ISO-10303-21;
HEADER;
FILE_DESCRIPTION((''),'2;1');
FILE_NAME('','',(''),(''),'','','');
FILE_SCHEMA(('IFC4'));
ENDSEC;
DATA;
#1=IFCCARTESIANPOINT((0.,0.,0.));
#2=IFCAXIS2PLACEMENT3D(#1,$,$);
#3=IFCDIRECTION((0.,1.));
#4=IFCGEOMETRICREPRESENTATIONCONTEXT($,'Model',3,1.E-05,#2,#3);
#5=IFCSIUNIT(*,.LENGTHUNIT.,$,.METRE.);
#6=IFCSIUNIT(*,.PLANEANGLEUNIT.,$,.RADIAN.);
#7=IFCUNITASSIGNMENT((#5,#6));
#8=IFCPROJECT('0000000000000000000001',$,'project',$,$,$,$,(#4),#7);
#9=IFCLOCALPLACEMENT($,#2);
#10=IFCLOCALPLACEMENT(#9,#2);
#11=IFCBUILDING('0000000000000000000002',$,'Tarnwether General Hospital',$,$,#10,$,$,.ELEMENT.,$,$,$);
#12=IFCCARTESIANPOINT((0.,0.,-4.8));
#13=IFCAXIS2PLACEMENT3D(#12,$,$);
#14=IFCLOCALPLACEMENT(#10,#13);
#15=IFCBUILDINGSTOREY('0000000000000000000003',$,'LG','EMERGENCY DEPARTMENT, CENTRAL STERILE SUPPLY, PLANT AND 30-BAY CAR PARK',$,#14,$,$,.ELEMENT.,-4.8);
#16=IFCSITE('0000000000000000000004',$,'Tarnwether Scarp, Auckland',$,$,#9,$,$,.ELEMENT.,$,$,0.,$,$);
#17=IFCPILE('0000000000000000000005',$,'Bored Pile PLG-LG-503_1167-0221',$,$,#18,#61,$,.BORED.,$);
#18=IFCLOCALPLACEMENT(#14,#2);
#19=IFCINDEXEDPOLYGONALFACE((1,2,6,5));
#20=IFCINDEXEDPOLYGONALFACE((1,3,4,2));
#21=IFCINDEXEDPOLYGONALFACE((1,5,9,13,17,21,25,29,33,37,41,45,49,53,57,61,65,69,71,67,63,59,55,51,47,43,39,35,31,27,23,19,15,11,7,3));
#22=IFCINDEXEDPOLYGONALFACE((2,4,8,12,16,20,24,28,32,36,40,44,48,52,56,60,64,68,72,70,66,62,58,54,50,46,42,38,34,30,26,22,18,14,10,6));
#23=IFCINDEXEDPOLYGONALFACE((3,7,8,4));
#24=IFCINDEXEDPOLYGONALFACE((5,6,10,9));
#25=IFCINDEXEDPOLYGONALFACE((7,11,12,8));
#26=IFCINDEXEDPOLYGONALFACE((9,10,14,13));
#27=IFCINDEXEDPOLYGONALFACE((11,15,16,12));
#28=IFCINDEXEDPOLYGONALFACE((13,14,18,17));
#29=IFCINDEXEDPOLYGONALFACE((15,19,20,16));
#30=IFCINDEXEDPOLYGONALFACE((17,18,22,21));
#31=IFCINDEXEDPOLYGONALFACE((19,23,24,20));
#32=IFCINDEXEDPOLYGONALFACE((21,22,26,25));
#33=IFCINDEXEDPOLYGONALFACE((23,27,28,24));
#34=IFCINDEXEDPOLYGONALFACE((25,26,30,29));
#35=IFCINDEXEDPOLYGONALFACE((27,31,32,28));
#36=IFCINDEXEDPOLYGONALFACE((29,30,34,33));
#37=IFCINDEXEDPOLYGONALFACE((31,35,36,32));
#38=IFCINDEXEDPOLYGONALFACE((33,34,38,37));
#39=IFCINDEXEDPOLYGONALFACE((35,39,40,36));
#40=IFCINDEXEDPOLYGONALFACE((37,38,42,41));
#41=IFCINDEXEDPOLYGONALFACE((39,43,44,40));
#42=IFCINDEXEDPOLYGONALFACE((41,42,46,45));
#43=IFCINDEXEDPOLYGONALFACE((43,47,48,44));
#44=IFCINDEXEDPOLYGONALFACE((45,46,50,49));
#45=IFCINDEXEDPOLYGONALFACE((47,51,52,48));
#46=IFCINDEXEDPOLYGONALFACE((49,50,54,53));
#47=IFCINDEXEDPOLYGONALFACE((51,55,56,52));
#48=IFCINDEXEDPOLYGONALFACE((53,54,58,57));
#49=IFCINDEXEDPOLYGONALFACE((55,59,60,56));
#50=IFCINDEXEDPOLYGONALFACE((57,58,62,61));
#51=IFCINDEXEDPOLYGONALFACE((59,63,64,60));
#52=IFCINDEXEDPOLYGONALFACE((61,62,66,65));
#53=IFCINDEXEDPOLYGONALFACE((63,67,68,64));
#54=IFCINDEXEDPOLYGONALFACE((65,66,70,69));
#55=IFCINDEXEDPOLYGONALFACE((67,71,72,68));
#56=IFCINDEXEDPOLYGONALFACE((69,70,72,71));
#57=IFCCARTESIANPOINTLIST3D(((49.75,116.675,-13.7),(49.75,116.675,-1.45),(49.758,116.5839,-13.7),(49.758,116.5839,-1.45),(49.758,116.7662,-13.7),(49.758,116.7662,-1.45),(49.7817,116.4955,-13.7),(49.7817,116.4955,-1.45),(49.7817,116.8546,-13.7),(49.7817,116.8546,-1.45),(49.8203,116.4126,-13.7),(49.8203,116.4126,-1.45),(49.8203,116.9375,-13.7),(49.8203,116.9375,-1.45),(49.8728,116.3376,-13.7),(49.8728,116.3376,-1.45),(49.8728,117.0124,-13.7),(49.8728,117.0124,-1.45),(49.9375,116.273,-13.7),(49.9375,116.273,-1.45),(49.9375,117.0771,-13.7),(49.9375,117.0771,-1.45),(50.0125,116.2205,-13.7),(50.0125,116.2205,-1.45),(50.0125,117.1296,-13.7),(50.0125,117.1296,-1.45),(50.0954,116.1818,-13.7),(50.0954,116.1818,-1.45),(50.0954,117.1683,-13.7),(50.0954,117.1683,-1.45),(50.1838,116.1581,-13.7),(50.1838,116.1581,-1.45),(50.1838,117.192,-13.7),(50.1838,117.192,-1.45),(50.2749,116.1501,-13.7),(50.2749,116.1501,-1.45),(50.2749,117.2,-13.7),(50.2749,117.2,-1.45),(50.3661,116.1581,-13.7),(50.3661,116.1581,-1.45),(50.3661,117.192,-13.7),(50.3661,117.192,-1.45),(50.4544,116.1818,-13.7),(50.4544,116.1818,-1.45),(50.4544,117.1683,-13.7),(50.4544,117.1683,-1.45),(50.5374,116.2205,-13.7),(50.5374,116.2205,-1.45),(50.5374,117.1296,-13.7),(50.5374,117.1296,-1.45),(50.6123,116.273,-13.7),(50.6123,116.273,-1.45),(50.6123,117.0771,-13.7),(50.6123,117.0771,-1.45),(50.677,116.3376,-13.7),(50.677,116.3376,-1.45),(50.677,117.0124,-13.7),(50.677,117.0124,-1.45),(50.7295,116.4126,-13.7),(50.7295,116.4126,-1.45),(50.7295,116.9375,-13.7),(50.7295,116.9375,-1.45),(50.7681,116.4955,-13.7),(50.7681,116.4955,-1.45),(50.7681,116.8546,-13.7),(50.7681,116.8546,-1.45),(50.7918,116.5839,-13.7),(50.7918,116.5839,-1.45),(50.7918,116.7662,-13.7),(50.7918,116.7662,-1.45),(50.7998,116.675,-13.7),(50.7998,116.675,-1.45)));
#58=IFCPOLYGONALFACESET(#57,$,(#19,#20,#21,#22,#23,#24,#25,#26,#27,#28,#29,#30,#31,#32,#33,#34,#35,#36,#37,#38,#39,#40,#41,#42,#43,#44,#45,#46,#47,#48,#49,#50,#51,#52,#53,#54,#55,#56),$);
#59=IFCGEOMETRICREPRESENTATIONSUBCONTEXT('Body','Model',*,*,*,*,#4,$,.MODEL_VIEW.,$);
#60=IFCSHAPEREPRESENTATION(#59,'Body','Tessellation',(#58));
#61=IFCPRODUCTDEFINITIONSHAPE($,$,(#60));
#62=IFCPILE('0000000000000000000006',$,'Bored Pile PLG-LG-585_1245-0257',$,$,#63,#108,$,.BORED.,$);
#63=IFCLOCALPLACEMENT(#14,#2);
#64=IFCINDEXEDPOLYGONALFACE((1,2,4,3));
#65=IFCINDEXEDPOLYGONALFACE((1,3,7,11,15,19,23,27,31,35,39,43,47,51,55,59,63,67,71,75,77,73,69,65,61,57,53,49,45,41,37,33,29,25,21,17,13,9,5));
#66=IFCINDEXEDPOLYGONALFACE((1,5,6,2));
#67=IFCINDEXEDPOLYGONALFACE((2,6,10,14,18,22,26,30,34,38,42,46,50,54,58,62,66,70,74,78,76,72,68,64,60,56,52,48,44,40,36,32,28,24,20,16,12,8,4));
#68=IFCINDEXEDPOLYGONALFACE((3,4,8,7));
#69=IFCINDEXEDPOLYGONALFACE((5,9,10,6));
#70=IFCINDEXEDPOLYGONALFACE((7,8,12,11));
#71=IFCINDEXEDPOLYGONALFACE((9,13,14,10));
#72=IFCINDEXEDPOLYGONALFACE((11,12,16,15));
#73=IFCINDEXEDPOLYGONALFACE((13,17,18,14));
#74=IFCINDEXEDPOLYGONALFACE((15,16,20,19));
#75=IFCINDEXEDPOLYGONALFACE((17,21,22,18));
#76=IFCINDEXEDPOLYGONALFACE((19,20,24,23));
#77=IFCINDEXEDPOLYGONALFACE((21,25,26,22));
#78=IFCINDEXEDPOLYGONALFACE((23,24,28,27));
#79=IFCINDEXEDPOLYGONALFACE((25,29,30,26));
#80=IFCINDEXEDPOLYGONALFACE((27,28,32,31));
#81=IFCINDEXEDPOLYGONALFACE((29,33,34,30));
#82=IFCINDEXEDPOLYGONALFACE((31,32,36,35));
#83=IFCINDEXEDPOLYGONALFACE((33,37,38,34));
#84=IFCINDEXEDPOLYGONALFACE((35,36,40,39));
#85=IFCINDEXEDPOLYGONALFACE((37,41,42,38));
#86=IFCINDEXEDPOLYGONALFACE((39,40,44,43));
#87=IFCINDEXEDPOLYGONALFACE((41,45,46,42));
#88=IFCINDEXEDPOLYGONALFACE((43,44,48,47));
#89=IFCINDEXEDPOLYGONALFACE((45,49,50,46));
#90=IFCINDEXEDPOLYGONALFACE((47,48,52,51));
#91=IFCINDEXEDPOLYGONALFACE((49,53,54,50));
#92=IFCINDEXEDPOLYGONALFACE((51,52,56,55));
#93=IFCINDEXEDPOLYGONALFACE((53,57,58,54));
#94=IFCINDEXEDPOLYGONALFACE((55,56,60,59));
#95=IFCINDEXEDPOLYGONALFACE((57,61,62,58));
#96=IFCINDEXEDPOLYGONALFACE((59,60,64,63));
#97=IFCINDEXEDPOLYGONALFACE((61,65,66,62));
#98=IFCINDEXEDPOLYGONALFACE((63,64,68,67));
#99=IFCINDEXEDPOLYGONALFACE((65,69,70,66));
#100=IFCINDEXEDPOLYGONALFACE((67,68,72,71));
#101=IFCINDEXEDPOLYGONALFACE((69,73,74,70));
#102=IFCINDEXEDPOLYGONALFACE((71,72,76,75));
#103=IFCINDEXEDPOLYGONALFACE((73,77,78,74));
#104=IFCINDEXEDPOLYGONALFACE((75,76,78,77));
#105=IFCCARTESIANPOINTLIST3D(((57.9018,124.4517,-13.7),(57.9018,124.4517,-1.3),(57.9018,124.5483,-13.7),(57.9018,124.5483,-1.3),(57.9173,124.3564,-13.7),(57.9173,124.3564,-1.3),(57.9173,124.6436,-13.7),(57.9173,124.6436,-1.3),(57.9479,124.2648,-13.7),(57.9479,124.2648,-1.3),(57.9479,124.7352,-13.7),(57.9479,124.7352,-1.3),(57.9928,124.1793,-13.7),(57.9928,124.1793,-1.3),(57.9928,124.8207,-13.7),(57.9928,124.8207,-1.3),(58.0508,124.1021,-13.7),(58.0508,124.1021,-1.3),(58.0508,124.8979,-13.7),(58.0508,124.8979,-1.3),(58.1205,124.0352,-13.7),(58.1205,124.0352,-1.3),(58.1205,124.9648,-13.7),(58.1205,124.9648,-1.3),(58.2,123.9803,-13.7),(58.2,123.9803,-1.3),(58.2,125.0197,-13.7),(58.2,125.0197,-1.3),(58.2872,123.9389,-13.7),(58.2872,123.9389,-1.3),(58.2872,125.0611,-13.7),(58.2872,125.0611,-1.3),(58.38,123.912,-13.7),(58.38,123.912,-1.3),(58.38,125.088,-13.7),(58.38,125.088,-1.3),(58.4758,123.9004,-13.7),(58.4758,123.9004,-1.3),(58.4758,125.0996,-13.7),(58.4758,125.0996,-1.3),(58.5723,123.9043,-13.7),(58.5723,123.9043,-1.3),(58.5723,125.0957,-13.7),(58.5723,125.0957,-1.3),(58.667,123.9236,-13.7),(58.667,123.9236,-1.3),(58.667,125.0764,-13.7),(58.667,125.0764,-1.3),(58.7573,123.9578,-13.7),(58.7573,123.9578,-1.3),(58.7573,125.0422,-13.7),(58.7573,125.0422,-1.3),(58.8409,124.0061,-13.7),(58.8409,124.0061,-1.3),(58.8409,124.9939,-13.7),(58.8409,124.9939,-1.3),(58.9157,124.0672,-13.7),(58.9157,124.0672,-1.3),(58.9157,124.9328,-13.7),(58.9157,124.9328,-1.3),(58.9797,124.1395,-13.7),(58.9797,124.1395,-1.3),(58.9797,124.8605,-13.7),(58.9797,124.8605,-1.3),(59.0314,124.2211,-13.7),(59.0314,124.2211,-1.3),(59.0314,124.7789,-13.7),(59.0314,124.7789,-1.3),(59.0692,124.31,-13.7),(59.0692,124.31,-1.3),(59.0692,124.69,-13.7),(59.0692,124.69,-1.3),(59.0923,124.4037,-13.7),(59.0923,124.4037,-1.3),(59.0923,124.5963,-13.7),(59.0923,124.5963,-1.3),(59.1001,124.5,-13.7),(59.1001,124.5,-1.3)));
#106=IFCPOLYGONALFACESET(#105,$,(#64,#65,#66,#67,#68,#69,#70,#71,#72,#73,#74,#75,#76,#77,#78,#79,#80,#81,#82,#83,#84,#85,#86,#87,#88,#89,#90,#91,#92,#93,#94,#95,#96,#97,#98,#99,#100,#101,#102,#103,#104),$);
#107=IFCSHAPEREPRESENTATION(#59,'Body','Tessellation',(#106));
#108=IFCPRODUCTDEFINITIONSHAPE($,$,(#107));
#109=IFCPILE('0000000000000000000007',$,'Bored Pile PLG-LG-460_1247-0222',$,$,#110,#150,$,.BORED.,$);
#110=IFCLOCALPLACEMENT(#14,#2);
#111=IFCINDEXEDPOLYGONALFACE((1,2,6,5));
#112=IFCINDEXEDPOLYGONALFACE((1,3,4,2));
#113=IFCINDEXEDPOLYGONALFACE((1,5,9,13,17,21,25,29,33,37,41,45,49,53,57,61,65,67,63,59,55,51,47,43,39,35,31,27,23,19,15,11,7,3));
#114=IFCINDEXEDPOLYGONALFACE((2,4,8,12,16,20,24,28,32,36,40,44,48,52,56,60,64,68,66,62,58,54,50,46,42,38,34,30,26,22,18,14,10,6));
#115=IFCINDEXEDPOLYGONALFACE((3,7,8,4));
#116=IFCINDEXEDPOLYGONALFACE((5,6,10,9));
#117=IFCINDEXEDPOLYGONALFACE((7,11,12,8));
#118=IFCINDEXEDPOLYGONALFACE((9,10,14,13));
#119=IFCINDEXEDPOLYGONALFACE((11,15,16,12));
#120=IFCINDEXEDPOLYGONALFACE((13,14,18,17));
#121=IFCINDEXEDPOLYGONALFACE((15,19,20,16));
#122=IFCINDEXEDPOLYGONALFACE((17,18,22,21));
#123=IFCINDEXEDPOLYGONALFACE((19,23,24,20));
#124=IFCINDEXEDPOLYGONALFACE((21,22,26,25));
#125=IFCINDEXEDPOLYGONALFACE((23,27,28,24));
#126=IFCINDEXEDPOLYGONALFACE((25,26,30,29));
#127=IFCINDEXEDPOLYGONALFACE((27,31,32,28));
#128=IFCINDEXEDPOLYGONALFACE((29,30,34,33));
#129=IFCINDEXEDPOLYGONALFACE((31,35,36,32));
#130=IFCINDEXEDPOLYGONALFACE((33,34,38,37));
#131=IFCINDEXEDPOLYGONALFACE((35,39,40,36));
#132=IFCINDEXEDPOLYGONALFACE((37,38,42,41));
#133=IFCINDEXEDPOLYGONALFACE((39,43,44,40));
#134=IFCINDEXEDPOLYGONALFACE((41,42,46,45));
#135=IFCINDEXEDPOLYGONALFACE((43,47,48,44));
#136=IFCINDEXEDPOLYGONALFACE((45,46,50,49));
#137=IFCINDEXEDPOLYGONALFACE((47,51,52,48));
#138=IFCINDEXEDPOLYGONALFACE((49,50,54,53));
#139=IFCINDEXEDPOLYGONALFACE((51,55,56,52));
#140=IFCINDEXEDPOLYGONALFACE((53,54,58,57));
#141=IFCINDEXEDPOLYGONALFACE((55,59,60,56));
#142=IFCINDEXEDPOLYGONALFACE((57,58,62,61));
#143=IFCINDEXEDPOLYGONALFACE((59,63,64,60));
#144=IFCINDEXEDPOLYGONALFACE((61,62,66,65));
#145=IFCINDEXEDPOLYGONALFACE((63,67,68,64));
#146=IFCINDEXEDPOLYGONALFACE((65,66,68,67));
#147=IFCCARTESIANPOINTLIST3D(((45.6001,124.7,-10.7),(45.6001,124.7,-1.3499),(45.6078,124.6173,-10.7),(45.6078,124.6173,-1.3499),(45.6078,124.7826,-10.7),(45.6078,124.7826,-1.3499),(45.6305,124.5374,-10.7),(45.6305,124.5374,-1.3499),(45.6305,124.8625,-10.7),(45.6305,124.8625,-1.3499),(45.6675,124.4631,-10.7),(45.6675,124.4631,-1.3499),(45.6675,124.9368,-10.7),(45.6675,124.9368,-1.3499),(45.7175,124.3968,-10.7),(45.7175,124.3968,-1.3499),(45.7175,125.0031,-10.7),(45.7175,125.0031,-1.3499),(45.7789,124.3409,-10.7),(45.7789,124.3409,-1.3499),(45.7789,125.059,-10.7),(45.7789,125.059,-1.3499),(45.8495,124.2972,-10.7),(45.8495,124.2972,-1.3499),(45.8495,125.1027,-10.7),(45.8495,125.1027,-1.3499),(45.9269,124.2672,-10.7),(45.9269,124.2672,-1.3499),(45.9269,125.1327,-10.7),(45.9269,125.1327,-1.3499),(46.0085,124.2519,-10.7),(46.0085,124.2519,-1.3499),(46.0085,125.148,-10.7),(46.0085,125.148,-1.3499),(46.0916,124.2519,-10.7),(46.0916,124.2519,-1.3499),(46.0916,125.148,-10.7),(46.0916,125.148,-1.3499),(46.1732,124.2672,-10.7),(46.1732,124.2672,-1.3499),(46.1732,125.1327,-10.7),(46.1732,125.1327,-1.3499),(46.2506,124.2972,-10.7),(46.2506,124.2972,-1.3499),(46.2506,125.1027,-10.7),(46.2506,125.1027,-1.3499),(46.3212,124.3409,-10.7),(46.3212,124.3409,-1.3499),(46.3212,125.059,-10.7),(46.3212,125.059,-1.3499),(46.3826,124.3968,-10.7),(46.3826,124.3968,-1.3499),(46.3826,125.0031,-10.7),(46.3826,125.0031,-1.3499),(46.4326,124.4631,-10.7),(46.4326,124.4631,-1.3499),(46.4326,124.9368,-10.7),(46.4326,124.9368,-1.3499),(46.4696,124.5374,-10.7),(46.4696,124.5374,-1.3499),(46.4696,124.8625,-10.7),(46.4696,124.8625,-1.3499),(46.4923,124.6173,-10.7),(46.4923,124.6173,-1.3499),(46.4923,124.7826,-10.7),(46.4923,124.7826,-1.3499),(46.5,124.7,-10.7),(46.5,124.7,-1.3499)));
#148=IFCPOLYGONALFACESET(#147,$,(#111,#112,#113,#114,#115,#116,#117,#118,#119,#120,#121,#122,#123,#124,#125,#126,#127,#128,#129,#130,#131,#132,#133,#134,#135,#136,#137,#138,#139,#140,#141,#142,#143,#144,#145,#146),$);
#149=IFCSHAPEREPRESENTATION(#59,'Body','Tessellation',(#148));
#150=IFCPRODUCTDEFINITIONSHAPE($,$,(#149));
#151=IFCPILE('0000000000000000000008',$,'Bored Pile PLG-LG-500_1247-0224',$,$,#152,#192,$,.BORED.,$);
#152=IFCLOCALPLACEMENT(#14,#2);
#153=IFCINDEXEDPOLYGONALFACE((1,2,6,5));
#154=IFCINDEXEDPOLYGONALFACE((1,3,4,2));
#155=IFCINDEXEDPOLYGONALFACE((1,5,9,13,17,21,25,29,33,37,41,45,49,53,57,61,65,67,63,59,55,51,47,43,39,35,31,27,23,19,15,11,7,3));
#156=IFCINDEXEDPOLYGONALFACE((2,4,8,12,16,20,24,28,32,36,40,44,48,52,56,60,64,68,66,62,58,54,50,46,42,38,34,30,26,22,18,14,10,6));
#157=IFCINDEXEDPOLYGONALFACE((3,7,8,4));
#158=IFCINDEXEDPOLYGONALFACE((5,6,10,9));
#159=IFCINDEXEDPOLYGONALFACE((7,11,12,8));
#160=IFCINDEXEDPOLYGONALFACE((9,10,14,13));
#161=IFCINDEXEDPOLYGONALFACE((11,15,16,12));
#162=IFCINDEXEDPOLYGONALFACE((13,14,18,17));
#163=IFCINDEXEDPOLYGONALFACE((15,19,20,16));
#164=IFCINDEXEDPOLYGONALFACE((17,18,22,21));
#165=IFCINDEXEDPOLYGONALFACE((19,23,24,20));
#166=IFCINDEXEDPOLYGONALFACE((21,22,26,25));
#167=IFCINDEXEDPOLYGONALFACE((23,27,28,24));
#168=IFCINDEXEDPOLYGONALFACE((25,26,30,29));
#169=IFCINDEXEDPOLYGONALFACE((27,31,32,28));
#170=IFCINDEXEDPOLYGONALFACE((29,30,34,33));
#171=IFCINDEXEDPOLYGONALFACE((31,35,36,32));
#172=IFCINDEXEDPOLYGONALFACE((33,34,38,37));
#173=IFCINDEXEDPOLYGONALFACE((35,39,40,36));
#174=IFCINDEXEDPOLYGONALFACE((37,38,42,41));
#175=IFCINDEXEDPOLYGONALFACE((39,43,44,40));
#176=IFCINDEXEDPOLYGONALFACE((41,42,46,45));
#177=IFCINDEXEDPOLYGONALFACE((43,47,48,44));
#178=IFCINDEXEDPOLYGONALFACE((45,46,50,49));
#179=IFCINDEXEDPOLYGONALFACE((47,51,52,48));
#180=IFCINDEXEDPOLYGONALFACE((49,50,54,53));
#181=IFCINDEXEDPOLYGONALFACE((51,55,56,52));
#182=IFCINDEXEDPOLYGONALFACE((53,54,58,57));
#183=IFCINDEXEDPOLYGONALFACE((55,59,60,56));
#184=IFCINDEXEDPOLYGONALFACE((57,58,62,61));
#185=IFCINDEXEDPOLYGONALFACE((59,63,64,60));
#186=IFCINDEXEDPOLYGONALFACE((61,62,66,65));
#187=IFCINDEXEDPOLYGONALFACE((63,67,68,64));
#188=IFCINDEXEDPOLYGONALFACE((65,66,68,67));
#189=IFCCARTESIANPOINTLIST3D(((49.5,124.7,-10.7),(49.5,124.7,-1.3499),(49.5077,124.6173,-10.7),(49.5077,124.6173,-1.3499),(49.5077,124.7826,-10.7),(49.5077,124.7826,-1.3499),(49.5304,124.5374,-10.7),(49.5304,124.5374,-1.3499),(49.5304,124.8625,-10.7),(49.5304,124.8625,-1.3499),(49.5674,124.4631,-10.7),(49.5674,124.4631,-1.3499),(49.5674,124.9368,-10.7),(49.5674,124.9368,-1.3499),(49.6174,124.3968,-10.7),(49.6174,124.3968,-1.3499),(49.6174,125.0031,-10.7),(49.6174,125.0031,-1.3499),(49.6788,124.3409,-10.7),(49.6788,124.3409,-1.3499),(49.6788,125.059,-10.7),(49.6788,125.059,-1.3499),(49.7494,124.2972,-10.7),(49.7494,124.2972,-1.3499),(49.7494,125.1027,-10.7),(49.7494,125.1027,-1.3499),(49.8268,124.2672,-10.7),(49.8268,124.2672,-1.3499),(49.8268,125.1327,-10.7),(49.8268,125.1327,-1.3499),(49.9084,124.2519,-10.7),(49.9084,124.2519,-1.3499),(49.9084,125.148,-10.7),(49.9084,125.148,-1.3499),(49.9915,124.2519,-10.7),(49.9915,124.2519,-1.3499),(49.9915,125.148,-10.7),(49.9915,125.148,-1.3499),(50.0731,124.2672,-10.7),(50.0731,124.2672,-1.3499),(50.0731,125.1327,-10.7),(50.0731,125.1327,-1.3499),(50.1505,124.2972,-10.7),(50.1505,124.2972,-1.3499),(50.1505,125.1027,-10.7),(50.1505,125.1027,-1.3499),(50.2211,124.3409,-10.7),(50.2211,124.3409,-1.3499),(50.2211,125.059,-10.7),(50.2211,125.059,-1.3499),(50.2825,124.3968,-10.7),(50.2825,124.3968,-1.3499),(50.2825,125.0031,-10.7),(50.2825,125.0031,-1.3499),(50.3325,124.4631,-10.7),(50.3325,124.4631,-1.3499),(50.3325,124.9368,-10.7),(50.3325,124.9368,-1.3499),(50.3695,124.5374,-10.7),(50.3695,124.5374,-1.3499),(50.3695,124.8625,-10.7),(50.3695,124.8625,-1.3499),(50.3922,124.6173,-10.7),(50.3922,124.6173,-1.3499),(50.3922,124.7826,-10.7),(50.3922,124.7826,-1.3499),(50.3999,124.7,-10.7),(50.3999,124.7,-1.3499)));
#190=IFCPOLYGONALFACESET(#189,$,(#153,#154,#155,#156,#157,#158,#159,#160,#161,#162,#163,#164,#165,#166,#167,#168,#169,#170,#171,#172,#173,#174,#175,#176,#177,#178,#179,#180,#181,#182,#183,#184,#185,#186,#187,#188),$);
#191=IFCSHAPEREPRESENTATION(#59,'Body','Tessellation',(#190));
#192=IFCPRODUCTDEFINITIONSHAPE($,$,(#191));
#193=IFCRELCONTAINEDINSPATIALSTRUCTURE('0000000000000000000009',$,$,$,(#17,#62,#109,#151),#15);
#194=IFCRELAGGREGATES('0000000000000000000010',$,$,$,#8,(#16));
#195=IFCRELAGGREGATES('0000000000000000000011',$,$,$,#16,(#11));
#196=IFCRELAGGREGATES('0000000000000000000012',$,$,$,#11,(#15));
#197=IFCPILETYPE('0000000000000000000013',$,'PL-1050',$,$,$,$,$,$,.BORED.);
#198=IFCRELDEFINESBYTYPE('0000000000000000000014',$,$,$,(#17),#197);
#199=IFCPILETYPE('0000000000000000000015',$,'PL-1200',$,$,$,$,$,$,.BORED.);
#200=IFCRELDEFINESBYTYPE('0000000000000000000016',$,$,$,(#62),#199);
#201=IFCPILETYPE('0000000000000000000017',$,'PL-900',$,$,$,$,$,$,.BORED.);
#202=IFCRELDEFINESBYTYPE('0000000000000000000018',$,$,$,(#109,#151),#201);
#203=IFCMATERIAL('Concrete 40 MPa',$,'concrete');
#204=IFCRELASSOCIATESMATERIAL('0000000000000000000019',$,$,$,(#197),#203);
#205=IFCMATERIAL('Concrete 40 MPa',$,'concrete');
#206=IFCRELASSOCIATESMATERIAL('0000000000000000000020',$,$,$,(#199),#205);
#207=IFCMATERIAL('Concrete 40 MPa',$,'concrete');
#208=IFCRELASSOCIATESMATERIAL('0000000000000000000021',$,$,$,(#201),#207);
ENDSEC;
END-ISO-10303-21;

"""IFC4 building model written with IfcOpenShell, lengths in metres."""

from ifc_helpers import new_model, si_unit, direction, frame, origin, origin_2d, place, context, subcontext, project, spatial, circle, extrude, material, material_profile, profile_set, type_object, element, save


model = new_model("IFC4")

# Units and contexts
model_context = context("Model", 3, precision=1e-05, world=origin(), true_north=direction((0.0, 1.0)))
body_context = subcontext(model_context, "Body", "Model", "MODEL_VIEW")
ifc_project = project(units=[si_unit("LENGTHUNIT", "METRE"), si_unit("PLANEANGLEUNIT", "RADIAN")], contexts=[model_context])

# Site, building, storey
site_placement = place(None, origin())
site = spatial("IfcSite", under=ifc_project, at=site_placement, Name="Tarnwether Scarp, Auckland", CompositionType="ELEMENT", RefElevation=0.0)
building_placement = place(site_placement, origin())
building = spatial("IfcBuilding", under=site, at=building_placement, Name="Tarnwether General Hospital", CompositionType="ELEMENT")
storey_placement = place(building_placement, frame((0.0, 0.0, -4.8)))
storey = spatial("IfcBuildingStorey", under=building, at=storey_placement, Name="LG", Description="EMERGENCY DEPARTMENT, CENTRAL STERILE SUPPLY, PLANT AND 30-BAY CAR PARK", CompositionType="ELEMENT", Elevation=-4.8)

# Piles
ifc_material_1 = material(Name="Concrete 40 MPa", Category="concrete")
ifc_material_profile_1 = material_profile(ifc_material_1, circle(Radius=0.5249, at=origin_2d()), Name="PILE-D1050")
ifc_profile_set_1 = profile_set([ifc_material_profile_1], Name="Concrete 40 MPa")
pile_type_1 = type_object("IfcPileType", Name="PL-1050", PredefinedType="BORED", material=ifc_profile_set_1)
for number, where, z_axis, x_axis, name in (
    (1, (50.2749, 116.675, -1.45), (0.0, 0.0, -1.0), (1.0, 0.0, 0.0), "Bored Pile PLG-LG-503_1167-0221"),
):
    element("IfcPile", number, at=place(storey_placement, frame(where, z_axis=z_axis, x_axis=x_axis)), inside=storey, type_object=pile_type_1, Name=name, PredefinedType="BORED", context=body_context, shape_type="SweptSolid", body=[
        extrude(circle(Radius=0.5249, at=origin_2d()), origin(), (0.0, 0.0, 1.0), 12.25),
    ])
ifc_material_2 = material(Name="Concrete 40 MPa", Category="concrete")
ifc_material_profile_2 = material_profile(ifc_material_2, circle(Radius=0.6001, at=origin_2d()), Name="PILE-D1200")
ifc_profile_set_2 = profile_set([ifc_material_profile_2], Name="Concrete 40 MPa")
pile_type_2 = type_object("IfcPileType", Name="PL-1200", PredefinedType="BORED", material=ifc_profile_set_2)
pile_placement = place(storey_placement, frame((58.5, 124.5, -1.3), z_axis=(0.0, 0.0, -1.0), x_axis=(1.0, 0.0, 0.0)))
element("IfcPile", 2, at=pile_placement, inside=storey, type_object=pile_type_2, Name="Bored Pile PLG-LG-585_1245-0257", PredefinedType="BORED", context=body_context, shape_type="SweptSolid", body=[
    extrude(circle(Radius=0.6001, at=origin_2d()), origin(), (0.0, 0.0, 1.0), 12.3999),
])
ifc_material_3 = material(Name="Concrete 40 MPa", Category="concrete")
ifc_material_profile_3 = material_profile(ifc_material_3, circle(Radius=0.45, at=origin_2d()), Name="PILE-D900")
ifc_profile_set_3 = profile_set([ifc_material_profile_3], Name="Concrete 40 MPa")
pile_type_3 = type_object("IfcPileType", Name="PL-900", PredefinedType="BORED", material=ifc_profile_set_3)
for number, where, z_axis, x_axis, name in (
    (3, (46.05, 124.7, -1.3499), (0.0, 0.0, -1.0), (1.0, 0.0, 0.0), "Bored Pile PLG-LG-460_1247-0222"),
    (4, (49.95, 124.7, -1.3499), (0.0, 0.0, -1.0), (1.0, 0.0, 0.0), "Bored Pile PLG-LG-500_1247-0224"),
):
    element("IfcPile", number, at=place(storey_placement, frame(where, z_axis=z_axis, x_axis=x_axis)), inside=storey, type_object=pile_type_3, Name=name, PredefinedType="BORED", context=body_context, shape_type="SweptSolid", body=[
        extrude(circle(Radius=0.45, at=origin_2d()), origin(), (0.0, 0.0, 1.0), 9.3501),
    ])

save(model, "model.ifc")
